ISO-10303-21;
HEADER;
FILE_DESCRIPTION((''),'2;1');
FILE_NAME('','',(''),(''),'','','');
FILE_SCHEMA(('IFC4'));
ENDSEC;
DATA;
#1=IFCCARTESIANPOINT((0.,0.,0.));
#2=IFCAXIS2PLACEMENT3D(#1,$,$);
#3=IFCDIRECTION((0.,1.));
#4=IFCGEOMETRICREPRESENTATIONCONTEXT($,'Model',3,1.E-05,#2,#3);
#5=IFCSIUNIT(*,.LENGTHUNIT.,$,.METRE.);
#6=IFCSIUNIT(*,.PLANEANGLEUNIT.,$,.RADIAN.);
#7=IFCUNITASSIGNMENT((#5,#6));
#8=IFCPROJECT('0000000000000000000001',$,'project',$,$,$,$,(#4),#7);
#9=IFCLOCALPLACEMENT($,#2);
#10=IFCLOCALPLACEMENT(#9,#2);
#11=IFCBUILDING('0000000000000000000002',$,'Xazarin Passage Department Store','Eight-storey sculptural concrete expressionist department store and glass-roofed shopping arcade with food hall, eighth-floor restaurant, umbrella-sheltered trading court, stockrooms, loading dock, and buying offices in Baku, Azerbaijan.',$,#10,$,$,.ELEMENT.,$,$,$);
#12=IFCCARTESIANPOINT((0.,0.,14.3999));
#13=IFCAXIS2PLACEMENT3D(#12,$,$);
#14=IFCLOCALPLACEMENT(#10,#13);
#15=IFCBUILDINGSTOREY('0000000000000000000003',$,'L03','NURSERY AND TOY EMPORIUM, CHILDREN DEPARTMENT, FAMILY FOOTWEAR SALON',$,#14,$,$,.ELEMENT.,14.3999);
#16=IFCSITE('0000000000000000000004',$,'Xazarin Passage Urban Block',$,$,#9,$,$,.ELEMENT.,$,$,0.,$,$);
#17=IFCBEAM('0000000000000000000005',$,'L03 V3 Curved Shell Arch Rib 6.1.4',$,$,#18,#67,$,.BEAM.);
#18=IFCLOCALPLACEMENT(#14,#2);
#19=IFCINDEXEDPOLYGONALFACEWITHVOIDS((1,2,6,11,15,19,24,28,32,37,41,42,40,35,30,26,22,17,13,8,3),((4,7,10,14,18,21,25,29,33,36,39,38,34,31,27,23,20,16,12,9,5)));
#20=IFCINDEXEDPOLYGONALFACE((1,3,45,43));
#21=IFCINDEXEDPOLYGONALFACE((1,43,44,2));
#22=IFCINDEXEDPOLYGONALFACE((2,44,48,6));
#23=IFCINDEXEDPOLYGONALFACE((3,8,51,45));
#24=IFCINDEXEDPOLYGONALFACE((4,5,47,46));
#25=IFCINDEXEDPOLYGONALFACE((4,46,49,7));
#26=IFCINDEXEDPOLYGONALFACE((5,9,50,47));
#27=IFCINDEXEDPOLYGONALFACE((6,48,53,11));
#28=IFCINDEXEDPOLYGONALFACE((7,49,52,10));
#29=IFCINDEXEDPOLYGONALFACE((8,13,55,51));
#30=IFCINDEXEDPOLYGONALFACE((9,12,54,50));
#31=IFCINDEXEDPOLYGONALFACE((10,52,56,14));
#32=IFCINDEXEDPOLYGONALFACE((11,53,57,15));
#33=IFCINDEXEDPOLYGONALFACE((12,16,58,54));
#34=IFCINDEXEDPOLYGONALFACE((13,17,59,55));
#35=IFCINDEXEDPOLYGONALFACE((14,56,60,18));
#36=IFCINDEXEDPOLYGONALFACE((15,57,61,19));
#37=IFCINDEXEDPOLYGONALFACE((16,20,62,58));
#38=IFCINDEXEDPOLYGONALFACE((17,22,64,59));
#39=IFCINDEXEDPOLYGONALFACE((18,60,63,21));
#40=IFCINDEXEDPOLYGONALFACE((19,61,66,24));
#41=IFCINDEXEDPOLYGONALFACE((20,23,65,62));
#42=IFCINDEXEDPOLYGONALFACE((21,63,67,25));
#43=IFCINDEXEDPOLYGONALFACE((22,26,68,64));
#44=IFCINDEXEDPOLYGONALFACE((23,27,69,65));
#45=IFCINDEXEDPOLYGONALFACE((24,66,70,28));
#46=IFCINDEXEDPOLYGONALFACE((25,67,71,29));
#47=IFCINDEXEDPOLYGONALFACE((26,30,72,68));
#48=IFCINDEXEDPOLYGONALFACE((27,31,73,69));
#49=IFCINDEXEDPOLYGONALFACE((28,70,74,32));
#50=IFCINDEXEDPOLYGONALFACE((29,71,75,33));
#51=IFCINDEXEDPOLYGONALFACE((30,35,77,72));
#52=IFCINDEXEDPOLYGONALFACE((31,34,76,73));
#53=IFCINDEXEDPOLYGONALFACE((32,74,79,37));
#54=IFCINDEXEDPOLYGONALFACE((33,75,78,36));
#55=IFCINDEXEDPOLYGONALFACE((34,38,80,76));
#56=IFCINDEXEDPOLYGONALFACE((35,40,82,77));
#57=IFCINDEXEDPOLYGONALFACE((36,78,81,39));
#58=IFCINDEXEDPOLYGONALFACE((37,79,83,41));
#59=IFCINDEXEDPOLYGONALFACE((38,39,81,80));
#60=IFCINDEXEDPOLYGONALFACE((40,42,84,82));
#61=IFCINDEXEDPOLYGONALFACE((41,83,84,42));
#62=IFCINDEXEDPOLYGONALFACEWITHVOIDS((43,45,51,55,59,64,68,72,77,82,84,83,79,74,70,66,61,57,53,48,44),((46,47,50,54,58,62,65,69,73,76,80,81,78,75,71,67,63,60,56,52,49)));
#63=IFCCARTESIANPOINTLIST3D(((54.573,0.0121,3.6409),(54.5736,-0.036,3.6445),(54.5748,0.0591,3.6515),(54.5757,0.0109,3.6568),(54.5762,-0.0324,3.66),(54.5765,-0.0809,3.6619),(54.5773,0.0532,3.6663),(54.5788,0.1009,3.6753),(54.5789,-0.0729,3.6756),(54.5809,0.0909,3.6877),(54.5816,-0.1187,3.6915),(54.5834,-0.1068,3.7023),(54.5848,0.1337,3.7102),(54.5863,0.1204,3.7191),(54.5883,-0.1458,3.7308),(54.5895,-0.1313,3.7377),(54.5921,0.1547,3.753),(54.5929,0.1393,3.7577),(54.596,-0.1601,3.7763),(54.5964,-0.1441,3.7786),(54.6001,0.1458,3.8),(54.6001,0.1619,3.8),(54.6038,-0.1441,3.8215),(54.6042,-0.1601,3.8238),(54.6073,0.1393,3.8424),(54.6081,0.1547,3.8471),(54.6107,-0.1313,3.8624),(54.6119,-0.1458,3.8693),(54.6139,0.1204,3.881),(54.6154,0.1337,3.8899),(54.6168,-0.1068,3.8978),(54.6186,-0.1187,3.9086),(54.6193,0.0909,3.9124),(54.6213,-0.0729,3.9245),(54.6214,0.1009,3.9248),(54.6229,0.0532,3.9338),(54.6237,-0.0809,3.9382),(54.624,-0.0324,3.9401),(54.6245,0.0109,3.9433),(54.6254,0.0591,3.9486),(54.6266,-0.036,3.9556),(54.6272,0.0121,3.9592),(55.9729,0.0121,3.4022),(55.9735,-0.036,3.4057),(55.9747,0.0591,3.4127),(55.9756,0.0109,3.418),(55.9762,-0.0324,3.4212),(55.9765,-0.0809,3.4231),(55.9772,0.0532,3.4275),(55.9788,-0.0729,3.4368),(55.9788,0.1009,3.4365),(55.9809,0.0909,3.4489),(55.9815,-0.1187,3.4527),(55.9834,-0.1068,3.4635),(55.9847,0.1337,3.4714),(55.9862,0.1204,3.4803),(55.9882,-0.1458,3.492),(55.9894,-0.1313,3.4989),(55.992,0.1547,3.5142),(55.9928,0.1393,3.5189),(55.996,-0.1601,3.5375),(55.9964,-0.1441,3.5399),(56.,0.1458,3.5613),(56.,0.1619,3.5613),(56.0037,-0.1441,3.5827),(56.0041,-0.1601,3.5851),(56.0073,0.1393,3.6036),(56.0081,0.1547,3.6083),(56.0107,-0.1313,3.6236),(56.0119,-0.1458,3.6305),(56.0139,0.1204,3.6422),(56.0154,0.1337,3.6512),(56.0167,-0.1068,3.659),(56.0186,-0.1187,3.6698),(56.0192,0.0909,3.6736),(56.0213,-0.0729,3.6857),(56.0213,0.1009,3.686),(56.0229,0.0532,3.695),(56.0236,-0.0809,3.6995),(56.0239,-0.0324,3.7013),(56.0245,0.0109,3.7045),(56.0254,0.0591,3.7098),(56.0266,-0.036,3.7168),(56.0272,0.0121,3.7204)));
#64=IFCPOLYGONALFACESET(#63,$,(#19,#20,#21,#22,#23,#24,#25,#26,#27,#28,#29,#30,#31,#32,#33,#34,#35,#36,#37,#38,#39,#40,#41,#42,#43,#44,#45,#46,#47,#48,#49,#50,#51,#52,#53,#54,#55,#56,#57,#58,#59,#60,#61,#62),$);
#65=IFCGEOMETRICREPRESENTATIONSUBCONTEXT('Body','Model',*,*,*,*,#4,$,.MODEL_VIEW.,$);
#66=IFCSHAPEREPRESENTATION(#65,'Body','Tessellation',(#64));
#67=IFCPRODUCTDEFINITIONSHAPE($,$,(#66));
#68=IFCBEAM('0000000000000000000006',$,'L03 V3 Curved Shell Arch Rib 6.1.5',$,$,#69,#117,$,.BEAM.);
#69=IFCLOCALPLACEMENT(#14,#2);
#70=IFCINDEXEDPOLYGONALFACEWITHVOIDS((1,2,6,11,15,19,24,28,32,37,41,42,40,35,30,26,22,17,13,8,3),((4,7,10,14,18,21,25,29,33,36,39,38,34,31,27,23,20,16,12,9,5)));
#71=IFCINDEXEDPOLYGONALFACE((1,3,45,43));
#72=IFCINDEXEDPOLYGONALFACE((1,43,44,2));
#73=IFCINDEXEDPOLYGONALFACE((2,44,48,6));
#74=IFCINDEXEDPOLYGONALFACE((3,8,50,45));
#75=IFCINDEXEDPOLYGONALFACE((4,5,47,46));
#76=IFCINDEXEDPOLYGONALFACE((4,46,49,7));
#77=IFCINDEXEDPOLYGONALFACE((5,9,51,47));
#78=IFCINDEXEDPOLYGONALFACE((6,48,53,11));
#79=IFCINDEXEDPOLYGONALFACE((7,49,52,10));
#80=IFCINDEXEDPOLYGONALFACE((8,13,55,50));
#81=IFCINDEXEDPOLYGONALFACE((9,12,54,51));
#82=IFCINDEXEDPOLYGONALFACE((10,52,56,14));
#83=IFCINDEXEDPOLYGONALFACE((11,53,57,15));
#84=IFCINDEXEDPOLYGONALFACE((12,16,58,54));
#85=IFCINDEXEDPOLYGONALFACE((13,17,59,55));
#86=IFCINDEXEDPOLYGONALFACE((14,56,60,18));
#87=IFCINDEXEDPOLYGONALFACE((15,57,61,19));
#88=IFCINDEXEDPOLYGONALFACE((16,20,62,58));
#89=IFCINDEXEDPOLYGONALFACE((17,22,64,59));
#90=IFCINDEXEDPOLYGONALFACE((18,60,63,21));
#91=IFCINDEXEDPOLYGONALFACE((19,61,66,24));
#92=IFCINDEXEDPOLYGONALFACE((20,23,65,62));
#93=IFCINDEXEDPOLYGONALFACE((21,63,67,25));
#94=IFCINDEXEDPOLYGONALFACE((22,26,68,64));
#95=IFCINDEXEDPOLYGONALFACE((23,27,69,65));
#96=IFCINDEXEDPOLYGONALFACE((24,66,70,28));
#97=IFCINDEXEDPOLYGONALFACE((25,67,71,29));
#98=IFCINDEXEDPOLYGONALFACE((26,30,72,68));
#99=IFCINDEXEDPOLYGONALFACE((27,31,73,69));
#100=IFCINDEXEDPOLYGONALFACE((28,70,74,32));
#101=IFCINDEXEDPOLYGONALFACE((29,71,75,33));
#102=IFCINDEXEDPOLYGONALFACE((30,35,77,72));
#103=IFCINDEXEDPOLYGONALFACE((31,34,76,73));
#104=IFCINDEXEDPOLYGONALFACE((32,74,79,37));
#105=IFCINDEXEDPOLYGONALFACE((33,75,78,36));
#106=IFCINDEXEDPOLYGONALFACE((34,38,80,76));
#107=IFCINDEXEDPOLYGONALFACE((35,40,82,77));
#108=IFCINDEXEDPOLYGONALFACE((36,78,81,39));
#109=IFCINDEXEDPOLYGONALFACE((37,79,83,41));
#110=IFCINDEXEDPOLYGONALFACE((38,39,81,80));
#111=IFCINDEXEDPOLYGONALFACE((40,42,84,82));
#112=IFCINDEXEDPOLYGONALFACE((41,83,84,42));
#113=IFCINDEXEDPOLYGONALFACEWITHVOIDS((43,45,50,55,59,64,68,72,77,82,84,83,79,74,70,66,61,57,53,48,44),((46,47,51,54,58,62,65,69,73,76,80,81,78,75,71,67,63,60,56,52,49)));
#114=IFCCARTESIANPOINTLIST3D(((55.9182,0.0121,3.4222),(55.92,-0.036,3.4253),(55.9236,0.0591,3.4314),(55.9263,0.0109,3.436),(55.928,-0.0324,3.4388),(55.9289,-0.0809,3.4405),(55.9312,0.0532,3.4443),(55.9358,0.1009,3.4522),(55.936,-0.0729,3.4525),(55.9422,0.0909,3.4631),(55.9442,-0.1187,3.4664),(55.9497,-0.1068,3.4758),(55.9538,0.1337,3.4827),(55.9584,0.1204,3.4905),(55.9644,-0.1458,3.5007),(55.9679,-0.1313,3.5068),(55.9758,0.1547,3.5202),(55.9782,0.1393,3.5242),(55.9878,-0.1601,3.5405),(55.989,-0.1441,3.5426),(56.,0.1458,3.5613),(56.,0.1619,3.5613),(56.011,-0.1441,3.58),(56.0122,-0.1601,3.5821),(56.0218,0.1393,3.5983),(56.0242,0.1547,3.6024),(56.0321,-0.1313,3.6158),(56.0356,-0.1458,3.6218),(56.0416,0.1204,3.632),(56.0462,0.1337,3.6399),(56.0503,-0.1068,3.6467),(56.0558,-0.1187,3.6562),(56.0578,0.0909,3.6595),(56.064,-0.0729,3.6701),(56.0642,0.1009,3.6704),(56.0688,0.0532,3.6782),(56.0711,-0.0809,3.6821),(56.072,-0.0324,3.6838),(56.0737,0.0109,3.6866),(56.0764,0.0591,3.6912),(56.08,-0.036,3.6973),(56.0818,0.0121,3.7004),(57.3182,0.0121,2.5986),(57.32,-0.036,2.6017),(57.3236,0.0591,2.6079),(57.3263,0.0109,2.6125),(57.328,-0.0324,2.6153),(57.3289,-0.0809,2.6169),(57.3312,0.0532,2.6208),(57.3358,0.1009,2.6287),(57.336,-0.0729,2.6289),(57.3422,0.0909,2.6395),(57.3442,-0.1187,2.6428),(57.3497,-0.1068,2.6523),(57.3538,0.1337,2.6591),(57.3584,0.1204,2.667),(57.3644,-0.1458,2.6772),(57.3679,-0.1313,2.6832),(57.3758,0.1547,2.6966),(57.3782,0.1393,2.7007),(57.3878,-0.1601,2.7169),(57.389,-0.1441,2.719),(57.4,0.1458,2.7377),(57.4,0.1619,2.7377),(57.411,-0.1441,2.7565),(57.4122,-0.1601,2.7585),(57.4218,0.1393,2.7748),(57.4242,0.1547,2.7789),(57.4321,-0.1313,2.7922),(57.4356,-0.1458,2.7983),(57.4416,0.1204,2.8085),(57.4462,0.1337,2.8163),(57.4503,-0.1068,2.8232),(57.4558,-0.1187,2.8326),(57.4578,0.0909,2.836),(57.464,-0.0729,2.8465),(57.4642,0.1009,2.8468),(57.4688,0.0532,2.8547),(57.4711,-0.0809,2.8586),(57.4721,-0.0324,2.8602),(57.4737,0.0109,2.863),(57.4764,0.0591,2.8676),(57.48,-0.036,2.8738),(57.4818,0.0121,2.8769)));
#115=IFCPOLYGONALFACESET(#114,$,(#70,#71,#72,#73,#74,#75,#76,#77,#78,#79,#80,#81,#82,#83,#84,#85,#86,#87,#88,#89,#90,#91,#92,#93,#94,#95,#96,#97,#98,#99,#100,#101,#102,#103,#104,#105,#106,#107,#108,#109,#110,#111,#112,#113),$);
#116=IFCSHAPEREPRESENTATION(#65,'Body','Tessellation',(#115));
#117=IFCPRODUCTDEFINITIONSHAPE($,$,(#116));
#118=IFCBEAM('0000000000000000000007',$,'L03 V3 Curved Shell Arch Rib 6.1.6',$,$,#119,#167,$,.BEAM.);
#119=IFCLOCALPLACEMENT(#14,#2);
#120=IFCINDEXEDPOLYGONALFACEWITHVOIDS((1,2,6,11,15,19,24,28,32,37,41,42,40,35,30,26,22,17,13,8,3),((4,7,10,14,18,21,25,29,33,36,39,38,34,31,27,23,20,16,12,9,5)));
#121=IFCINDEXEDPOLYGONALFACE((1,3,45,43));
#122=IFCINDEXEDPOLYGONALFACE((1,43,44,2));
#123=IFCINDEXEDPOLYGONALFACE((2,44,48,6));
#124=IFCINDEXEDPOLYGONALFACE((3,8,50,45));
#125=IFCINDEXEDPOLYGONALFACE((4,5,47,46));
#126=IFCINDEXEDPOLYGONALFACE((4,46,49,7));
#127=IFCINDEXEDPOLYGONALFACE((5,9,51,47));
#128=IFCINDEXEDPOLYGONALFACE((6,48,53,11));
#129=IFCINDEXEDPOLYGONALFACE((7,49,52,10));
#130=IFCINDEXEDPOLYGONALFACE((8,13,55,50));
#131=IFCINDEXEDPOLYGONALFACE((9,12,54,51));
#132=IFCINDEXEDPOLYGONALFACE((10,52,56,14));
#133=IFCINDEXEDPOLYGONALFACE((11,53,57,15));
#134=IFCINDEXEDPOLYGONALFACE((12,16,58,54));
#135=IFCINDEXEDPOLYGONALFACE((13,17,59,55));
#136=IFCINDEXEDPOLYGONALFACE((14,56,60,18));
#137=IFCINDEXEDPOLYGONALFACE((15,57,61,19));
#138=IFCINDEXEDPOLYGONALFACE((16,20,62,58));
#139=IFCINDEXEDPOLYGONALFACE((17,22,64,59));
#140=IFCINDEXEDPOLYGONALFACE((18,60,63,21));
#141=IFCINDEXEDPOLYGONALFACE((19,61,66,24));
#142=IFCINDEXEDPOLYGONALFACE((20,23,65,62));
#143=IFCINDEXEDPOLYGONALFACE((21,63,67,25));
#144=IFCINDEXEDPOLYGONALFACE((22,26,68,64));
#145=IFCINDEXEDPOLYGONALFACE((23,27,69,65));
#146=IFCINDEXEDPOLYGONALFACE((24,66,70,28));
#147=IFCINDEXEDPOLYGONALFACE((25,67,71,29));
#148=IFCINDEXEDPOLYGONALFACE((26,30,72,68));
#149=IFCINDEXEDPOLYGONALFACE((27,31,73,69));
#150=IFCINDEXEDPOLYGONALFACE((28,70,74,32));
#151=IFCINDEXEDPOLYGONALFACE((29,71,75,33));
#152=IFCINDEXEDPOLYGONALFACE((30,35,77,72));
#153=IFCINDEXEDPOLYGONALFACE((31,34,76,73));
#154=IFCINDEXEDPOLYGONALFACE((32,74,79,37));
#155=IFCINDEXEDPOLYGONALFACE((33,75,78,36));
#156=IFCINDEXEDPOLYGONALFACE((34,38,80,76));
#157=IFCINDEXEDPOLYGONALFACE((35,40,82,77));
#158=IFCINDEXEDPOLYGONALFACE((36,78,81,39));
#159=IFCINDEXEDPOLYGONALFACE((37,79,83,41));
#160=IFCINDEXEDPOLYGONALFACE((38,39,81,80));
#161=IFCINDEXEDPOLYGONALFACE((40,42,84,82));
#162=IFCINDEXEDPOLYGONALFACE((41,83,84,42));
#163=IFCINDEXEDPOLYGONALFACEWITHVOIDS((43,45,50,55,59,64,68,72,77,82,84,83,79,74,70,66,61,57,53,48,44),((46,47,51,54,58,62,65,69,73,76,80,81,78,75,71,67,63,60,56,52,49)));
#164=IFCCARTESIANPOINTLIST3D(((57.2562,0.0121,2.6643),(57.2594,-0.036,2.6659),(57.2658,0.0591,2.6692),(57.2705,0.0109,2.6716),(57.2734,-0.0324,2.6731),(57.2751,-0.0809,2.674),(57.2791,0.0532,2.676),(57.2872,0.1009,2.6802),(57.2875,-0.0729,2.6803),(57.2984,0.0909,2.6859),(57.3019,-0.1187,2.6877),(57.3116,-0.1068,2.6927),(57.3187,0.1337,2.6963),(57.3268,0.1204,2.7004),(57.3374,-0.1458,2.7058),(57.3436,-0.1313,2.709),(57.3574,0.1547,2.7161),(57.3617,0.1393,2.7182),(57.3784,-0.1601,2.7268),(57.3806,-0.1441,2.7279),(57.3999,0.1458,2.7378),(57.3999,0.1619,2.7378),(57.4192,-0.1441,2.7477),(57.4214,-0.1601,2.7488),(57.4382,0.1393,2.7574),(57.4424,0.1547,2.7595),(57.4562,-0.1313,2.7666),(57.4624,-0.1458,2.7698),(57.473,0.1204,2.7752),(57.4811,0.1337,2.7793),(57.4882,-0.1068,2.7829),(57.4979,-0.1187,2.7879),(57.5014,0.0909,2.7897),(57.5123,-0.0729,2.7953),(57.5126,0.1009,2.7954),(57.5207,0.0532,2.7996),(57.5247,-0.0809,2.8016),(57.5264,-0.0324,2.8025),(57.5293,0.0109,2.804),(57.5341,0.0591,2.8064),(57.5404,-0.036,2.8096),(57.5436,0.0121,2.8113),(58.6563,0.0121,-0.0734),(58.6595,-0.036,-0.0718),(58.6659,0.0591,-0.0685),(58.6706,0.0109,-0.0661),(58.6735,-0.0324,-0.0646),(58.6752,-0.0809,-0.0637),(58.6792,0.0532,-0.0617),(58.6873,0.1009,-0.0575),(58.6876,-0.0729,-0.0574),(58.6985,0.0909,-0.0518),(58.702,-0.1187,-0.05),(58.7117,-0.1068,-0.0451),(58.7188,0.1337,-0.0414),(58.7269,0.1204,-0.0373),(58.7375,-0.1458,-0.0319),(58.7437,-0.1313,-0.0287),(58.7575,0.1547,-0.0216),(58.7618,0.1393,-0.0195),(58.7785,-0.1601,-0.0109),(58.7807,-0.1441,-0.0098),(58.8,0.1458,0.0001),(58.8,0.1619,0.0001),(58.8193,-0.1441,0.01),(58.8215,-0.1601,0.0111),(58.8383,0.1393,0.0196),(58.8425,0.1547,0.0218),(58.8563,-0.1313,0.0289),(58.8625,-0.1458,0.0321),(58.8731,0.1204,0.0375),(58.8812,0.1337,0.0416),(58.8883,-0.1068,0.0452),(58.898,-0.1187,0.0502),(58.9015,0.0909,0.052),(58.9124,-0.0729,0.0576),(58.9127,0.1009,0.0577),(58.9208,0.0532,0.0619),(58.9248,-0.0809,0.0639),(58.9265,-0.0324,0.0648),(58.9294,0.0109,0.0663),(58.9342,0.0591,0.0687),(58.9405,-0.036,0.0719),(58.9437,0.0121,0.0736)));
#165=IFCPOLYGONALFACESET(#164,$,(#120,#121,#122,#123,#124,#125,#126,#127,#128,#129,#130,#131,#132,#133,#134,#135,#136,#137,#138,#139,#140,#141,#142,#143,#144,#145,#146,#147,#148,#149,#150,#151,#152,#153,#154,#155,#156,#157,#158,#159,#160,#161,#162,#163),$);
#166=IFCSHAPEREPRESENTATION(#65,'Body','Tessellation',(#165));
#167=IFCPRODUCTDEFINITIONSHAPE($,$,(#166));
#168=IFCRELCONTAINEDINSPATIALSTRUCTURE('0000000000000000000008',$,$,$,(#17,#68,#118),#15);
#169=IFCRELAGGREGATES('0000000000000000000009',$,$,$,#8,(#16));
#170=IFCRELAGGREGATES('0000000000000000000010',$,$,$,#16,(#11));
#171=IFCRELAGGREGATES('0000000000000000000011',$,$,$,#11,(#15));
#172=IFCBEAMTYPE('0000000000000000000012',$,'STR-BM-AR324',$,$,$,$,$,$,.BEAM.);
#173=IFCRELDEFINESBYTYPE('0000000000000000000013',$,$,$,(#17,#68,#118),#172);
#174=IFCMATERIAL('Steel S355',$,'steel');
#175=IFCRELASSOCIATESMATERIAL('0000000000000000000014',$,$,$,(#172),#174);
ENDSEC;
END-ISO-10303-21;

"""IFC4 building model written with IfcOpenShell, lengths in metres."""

from ifc_helpers import new_model, si_unit, direction, frame, origin, origin_2d, place, context, subcontext, project, spatial, hollow_circle, extrude, material, material_profile, profile_set, type_object, element, save


model = new_model("IFC4")

# Units and contexts
model_context = context("Model", 3, precision=1e-05, world=origin(), true_north=direction((0.0, 1.0)))
body_context = subcontext(model_context, "Body", "Model", "MODEL_VIEW")
ifc_project = project(units=[si_unit("LENGTHUNIT", "METRE"), si_unit("PLANEANGLEUNIT", "RADIAN")], contexts=[model_context])

# Site, building, storey
site_placement = place(None, origin())
site = spatial("IfcSite", under=ifc_project, at=site_placement, Name="Xazarin Passage Urban Block", CompositionType="ELEMENT", RefElevation=0.0)
building_placement = place(site_placement, origin())
building = spatial("IfcBuilding", under=site, at=building_placement, Name="Xazarin Passage Department Store", Description="Eight-storey sculptural concrete expressionist department store and glass-roofed shopping arcade with food hall, eighth-floor restaurant, umbrella-sheltered trading court, stockrooms, loading dock, and buying offices in Baku, Azerbaijan.", CompositionType="ELEMENT")
storey_placement = place(building_placement, frame((0.0, 0.0, 14.3999)))
storey = spatial("IfcBuildingStorey", under=building, at=storey_placement, Name="L03", Description="NURSERY AND TOY EMPORIUM, CHILDREN DEPARTMENT, FAMILY FOOTWEAR SALON", CompositionType="ELEMENT", Elevation=14.3999)

# Beams
ifc_material_1 = material(Name="Steel S355", Category="steel")
ifc_material_profile_1 = material_profile(ifc_material_1, hollow_circle(Radius=0.1619, WallThickness=0.0161, at=origin_2d()), Name="CHS 323.9x16")
ifc_profile_set_1 = profile_set([ifc_material_profile_1], Name="Steel S355")
beam_type_1 = type_object("IfcBeamType", Name="STR-BM-AR324", PredefinedType="BEAM", material=ifc_profile_set_1)
beam_1_placement = place(storey_placement, frame((54.6001, 0.0, 3.8), z_axis=(0.985764, 0.0, -0.168133), x_axis=(0.0, 1.0, 0.0)))
element("IfcBeam", 1, at=beam_1_placement, inside=storey, type_object=beam_type_1, Name="L03 V3 Curved Shell Arch Rib 6.1.4", PredefinedType="BEAM", context=body_context, shape_type="SweptSolid", body=[
    extrude(hollow_circle(Radius=0.1619, WallThickness=0.0161, at=origin_2d()), origin(), (0.0, 0.0, 1.0), 1.4202),
])
beam_2_placement = place(storey_placement, frame((56.0, 0.0, 3.5613), z_axis=(0.86193, 0.0, -0.507027), x_axis=(0.0, 1.0, 0.0)))
element("IfcBeam", 2, at=beam_2_placement, inside=storey, type_object=beam_type_1, Name="L03 V3 Curved Shell Arch Rib 6.1.5", PredefinedType="BEAM", context=body_context, shape_type="SweptSolid", body=[
    extrude(hollow_circle(Radius=0.1619, WallThickness=0.0161, at=origin_2d()), origin(), (0.0, 0.0, 1.0), 1.6243),
])
for number, where, z_axis, x_axis, name in (
    (3, (57.3999, 0.0, 2.7378), (0.455325, 0.0, -0.890325), (0.0, 1.0, 0.0), "L03 V3 Curved Shell Arch Rib 6.1.6"),
):
    element("IfcBeam", number, at=place(storey_placement, frame(where, z_axis=z_axis, x_axis=x_axis)), inside=storey, type_object=beam_type_1, Name=name, PredefinedType="BEAM", context=body_context, shape_type="SweptSolid", body=[
        extrude(hollow_circle(Radius=0.1619, WallThickness=0.0161, at=origin_2d()), origin(), (0.0, 0.0, 1.0), 3.075),
    ])

save(model, "model.ifc")
